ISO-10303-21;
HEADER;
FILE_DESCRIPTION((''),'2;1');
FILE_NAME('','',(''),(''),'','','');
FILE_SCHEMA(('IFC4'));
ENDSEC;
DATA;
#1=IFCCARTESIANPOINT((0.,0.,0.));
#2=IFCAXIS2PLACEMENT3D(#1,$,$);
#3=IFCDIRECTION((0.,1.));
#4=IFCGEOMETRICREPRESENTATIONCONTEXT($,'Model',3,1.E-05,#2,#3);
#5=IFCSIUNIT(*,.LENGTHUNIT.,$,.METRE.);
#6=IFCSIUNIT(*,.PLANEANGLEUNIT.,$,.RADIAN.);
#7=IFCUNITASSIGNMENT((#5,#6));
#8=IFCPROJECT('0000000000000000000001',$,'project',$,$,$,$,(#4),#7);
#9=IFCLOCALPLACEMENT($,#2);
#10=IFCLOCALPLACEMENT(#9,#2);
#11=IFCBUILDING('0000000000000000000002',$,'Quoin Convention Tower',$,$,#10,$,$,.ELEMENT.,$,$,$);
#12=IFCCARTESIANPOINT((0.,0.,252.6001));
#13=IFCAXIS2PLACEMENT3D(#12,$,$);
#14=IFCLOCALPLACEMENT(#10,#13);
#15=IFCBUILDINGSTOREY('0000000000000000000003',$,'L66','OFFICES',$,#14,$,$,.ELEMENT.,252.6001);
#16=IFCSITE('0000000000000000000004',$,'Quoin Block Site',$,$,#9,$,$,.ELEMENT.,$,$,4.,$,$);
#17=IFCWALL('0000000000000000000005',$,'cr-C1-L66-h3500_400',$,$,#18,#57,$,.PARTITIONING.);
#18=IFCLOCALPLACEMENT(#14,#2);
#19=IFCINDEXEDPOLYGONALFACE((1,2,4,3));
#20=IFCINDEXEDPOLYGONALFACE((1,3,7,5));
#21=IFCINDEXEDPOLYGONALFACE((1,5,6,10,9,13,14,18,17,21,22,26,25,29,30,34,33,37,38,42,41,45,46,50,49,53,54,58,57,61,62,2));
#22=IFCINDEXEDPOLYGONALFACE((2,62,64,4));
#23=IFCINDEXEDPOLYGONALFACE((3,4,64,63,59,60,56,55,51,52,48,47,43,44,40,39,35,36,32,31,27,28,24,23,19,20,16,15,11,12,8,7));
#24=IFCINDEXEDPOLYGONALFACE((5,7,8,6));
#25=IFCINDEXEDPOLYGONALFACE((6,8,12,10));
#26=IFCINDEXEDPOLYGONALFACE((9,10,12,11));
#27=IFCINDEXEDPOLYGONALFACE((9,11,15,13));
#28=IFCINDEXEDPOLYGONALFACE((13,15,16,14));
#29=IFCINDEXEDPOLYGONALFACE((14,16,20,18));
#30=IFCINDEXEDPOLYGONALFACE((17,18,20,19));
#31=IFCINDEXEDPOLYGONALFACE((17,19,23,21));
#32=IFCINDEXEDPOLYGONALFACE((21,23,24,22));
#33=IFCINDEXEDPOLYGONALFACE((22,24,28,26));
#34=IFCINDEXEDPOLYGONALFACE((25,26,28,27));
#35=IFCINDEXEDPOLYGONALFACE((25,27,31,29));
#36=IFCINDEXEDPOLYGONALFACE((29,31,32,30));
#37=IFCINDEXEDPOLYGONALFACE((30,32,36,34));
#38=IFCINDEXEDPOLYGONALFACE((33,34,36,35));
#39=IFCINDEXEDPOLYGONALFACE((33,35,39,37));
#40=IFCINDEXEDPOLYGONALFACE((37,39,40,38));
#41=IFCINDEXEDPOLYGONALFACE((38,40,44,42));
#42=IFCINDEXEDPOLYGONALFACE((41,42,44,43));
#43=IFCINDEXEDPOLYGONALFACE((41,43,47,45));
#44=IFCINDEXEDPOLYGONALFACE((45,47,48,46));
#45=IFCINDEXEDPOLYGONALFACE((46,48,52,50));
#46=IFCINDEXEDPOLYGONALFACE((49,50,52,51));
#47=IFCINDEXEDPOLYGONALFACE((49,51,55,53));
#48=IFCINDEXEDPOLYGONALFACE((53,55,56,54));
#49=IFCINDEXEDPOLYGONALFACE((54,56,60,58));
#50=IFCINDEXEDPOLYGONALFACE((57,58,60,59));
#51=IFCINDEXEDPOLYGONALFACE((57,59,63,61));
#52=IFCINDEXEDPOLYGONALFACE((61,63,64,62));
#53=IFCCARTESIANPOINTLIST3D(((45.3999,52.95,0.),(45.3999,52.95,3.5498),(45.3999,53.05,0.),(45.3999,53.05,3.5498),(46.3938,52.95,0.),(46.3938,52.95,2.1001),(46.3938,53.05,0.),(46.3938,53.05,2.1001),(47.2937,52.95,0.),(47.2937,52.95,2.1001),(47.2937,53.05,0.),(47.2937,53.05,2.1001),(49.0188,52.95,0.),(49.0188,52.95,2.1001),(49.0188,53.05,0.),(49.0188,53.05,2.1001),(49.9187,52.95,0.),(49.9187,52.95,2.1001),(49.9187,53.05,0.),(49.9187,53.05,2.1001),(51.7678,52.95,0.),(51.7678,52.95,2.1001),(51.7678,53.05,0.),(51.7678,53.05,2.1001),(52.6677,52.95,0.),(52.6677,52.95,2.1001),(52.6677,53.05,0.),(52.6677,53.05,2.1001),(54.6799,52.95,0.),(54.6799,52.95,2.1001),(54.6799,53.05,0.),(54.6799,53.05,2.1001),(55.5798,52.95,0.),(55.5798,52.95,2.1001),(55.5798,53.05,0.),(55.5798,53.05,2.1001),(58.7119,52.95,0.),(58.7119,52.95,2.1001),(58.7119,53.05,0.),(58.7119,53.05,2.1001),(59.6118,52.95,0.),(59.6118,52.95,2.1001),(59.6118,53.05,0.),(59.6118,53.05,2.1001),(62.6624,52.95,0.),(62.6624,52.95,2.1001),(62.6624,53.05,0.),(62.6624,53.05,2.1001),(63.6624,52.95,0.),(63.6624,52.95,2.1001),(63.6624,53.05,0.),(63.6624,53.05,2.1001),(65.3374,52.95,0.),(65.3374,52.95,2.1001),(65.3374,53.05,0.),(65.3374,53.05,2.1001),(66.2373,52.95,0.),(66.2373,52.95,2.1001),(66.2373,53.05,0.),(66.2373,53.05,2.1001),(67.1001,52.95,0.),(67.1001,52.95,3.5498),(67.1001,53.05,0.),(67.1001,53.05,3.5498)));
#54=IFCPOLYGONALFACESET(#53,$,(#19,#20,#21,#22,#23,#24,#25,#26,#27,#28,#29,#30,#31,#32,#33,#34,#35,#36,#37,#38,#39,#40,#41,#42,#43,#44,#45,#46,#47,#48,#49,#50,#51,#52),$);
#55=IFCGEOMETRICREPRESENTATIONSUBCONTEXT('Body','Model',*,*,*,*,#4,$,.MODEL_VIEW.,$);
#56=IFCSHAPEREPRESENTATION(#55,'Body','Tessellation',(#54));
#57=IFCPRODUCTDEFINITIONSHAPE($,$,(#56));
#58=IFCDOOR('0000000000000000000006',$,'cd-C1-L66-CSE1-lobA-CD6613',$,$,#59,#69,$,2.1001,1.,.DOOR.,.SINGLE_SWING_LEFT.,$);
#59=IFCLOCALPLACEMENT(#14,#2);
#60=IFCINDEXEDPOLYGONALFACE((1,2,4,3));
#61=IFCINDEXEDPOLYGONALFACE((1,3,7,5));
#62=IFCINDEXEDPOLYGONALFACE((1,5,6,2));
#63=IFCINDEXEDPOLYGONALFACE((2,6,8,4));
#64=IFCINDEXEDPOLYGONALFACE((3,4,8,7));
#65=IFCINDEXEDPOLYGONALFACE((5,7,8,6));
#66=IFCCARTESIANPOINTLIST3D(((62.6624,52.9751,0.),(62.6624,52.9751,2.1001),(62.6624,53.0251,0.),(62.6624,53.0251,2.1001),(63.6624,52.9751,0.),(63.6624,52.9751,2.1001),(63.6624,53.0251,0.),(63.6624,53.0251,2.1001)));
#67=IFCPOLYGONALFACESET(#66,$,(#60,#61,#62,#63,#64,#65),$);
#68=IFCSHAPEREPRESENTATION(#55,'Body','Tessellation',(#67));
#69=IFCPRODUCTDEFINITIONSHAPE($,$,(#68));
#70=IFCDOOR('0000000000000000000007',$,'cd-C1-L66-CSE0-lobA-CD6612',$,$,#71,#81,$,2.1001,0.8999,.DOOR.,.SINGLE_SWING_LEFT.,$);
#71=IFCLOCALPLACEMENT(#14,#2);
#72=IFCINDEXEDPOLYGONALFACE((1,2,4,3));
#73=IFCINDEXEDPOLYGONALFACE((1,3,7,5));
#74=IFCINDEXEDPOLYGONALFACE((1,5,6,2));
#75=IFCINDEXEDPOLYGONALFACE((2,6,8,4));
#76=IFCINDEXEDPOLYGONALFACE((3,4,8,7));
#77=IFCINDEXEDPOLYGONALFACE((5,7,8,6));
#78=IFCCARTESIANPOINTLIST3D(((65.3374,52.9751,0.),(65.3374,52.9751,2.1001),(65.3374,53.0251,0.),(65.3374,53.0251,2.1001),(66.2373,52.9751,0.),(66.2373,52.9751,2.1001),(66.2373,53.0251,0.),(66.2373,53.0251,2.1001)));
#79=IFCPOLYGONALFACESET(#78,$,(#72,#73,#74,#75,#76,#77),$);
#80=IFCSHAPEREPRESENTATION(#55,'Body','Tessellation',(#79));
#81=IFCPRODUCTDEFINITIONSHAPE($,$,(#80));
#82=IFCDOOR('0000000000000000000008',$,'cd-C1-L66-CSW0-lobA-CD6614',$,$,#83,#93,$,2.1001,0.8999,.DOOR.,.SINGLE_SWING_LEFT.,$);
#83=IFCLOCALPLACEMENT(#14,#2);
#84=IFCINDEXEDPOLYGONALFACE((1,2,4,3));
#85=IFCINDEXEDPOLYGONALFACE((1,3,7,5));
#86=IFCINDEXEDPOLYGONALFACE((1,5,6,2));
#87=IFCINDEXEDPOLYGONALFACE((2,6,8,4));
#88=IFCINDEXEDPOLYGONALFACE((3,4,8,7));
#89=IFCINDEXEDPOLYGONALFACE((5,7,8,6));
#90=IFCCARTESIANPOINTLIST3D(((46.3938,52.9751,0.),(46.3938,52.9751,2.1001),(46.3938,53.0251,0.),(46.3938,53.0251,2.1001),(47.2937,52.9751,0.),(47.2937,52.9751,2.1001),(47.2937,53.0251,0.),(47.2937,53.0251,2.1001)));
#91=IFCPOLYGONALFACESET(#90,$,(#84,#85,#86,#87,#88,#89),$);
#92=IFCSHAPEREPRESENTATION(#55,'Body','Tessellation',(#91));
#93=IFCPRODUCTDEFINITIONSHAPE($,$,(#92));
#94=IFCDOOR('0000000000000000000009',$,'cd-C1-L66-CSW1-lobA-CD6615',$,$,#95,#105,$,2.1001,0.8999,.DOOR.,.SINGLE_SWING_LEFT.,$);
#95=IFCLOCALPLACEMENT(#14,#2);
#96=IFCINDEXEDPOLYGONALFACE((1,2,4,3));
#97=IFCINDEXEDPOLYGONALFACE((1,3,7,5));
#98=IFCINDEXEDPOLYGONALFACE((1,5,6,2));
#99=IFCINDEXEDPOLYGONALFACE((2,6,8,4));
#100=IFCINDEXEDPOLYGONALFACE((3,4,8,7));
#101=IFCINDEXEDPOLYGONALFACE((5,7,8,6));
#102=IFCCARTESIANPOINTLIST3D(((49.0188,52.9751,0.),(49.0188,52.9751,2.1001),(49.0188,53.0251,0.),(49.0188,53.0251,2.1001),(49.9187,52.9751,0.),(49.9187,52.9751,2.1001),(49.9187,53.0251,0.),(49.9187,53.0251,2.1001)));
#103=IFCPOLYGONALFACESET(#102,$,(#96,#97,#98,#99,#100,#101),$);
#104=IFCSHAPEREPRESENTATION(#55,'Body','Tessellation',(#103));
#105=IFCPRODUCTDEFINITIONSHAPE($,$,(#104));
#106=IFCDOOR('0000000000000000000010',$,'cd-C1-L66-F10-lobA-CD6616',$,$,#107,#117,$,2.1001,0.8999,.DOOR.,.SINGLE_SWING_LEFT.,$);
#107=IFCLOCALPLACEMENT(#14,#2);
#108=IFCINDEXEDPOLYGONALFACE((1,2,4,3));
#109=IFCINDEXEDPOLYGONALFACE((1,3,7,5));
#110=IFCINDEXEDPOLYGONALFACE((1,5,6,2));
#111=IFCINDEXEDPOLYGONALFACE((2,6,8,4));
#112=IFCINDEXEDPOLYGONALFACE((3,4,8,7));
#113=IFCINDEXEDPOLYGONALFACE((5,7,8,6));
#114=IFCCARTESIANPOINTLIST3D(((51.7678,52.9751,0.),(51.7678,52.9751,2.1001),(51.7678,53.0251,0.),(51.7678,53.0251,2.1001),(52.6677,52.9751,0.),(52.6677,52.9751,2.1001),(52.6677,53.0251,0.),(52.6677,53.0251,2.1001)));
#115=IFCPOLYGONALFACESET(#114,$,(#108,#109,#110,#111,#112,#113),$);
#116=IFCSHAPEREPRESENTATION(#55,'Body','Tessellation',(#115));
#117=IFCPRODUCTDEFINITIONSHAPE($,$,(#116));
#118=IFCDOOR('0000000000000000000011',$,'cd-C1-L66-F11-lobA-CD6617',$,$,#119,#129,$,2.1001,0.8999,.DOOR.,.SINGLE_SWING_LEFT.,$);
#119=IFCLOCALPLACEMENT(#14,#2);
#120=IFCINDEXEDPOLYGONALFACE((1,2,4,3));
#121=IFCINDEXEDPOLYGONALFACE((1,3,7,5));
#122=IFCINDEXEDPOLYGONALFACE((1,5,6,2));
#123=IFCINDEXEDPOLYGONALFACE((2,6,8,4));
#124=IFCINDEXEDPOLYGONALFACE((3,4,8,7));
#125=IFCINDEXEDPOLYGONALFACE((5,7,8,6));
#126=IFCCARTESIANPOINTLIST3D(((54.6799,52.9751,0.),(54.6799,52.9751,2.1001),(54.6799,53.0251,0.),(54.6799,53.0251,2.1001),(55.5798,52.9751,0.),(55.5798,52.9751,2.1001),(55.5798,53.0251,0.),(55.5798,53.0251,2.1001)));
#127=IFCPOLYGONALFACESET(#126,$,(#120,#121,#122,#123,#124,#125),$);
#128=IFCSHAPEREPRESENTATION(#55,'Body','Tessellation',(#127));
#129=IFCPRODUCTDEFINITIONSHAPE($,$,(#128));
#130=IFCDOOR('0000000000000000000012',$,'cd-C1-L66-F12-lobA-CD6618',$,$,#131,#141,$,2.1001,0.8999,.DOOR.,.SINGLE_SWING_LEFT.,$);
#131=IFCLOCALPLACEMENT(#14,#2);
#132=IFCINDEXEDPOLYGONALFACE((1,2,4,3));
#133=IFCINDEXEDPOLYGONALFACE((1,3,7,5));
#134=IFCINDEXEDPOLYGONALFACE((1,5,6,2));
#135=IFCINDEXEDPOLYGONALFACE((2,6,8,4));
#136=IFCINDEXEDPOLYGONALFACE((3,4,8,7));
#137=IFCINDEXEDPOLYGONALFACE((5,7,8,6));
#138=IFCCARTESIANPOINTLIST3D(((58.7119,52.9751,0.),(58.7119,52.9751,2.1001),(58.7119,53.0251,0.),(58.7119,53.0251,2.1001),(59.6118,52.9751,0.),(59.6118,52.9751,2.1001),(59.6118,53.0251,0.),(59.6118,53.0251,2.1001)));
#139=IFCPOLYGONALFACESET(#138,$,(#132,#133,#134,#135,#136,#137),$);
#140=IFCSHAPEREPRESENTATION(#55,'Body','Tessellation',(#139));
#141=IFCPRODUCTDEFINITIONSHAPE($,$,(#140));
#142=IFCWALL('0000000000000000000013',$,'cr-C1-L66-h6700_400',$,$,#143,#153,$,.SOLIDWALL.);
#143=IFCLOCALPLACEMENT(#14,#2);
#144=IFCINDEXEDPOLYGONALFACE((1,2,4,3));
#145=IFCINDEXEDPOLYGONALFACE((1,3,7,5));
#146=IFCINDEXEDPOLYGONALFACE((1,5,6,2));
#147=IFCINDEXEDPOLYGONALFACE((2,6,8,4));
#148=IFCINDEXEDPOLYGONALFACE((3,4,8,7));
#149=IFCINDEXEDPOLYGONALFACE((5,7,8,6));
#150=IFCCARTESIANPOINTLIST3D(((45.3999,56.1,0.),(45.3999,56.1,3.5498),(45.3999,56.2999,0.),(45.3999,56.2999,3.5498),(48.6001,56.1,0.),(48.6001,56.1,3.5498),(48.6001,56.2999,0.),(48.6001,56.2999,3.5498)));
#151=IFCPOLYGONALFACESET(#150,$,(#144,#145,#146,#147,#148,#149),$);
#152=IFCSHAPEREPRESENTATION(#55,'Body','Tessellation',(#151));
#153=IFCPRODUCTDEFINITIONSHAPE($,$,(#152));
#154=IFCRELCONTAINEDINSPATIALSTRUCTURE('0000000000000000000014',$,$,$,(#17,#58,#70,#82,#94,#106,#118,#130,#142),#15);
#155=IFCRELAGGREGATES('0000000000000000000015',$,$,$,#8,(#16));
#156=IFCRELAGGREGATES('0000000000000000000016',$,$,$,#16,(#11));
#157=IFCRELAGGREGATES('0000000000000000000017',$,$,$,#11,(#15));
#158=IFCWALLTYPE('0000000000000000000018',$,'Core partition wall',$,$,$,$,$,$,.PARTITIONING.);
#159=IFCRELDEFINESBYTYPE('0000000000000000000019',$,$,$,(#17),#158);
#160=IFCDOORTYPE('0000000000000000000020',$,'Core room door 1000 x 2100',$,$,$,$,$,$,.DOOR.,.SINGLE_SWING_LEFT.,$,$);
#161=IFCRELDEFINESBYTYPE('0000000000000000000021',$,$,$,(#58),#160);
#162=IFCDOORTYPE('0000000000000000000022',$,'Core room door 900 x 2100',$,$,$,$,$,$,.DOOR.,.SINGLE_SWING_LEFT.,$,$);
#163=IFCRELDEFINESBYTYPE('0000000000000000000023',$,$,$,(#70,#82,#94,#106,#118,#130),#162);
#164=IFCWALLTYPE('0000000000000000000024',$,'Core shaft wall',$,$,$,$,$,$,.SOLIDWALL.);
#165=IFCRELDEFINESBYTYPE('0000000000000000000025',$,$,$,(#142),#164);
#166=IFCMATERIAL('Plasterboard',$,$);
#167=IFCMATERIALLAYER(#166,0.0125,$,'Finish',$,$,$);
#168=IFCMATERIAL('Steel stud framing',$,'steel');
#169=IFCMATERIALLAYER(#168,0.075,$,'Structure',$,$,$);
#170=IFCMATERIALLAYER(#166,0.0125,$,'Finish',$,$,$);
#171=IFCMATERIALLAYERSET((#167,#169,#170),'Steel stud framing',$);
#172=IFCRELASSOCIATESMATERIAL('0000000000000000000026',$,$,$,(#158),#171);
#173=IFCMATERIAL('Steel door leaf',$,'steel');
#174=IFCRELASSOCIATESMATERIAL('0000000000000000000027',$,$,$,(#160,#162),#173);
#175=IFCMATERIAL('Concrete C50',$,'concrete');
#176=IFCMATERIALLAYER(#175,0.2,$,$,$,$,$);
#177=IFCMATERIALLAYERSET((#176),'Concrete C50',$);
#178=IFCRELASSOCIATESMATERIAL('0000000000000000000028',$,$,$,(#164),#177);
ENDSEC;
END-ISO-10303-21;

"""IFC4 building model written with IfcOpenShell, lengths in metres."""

from ifc_helpers import new_model, si_unit, direction, frame, frame_2d, origin, place, context, subcontext, project, spatial, rectangle, extrude, material, layer, layer_set, type_object, element, fill, save


model = new_model("IFC4")

# Units and contexts
model_context = context("Model", 3, precision=1e-05, world=origin(), true_north=direction((0.0, 1.0)))
body_context = subcontext(model_context, "Body", "Model", "MODEL_VIEW")
ifc_project = project(units=[si_unit("LENGTHUNIT", "METRE"), si_unit("PLANEANGLEUNIT", "RADIAN")], contexts=[model_context])

# Site, building, storey
site_placement = place(None, origin())
site = spatial("IfcSite", under=ifc_project, at=site_placement, Name="Quoin Block Site", CompositionType="ELEMENT", RefElevation=4.0)
building_placement = place(site_placement, origin())
building = spatial("IfcBuilding", under=site, at=building_placement, Name="Quoin Convention Tower", CompositionType="ELEMENT")
storey_placement = place(building_placement, frame((0.0, 0.0, 252.6001)))
storey = spatial("IfcBuildingStorey", under=building, at=storey_placement, Name="L66", Description="OFFICES", CompositionType="ELEMENT", Elevation=252.6001)

# Wall, openings, doors
ifc_material_1 = material(Name="Plasterboard")
ifc_layer_1 = layer(ifc_material_1, 0.0125, Name="Finish")
ifc_material_2 = material(Name="Steel stud framing", Category="steel")
ifc_layer_2 = layer(ifc_material_2, 0.075, Name="Structure")
ifc_layer_3 = layer(ifc_material_1, 0.0125, Name="Finish")
ifc_layer_set_1 = layer_set([ifc_layer_1, ifc_layer_2, ifc_layer_3], Name="Steel stud framing")
wall_type_1 = type_object("IfcWallType", Name="Core partition wall", PredefinedType="PARTITIONING", material=ifc_layer_set_1)
wall_1_placement = place(storey_placement, frame((45.3999, 53.0, 0.0), z_axis=(0.0, 0.0, 1.0), x_axis=(1.0, 0.0, 0.0)))
wall_1 = element("IfcWall", 1, at=wall_1_placement, inside=storey, type_object=wall_type_1, Name="cr-C1-L66-h3500_400", PredefinedType="PARTITIONING", context=body_context, shape_type="SweptSolid", body=[
    extrude(rectangle(XDim=21.7002, YDim=0.1001, at=frame_2d((10.8501, 0.0))), origin(), (0.0, 0.0, 1.0), 3.5498),
])
opening_1_placement = place(wall_1_placement, frame((19.9375, 0.0, 0.0)))
opening_1 = element("IfcOpeningElement", 2, at=opening_1_placement, cuts=wall_1, PredefinedType="OPENING", context=body_context, shape_type="SweptSolid", body=[
    extrude(rectangle(XDim=0.8999, YDim=2.1001, at=frame_2d((0.45, 1.05))), frame((0.0, 0.0601, 0.0), z_axis=(0.0, -1.0, 0.0), x_axis=(1.0, 0.0, 0.0)), (0.0, 0.0, 1.0), 0.1201),
])
opening_2_placement = place(wall_1_placement, frame((17.2625, 0.0, 0.0)))
opening_2 = element("IfcOpeningElement", 3, at=opening_2_placement, cuts=wall_1, PredefinedType="OPENING", context=body_context, shape_type="SweptSolid", body=[
    extrude(rectangle(XDim=1.0, YDim=2.1001, at=frame_2d((0.5, 1.05))), frame((0.0, 0.0601, 0.0), z_axis=(0.0, -1.0, 0.0), x_axis=(1.0, 0.0, 0.0)), (0.0, 0.0, 1.0), 0.1201),
])
opening_3_placement = place(wall_1_placement, frame((0.9939, 0.0, 0.0)))
opening_3 = element("IfcOpeningElement", 4, at=opening_3_placement, cuts=wall_1, PredefinedType="OPENING", context=body_context, shape_type="SweptSolid", body=[
    extrude(rectangle(XDim=0.8999, YDim=2.1001, at=frame_2d((0.45, 1.05))), frame((0.0, 0.0601, 0.0), z_axis=(0.0, -1.0, 0.0), x_axis=(1.0, 0.0, 0.0)), (0.0, 0.0, 1.0), 0.1201),
])
opening_4_placement = place(wall_1_placement, frame((3.6189, 0.0, 0.0)))
opening_4 = element("IfcOpeningElement", 5, at=opening_4_placement, cuts=wall_1, PredefinedType="OPENING", context=body_context, shape_type="SweptSolid", body=[
    extrude(rectangle(XDim=0.8999, YDim=2.1001, at=frame_2d((0.45, 1.05))), frame((0.0, 0.0601, 0.0), z_axis=(0.0, -1.0, 0.0), x_axis=(1.0, 0.0, 0.0)), (0.0, 0.0, 1.0), 0.1201),
])
opening_5_placement = place(wall_1_placement, frame((6.3679, 0.0, 0.0)))
opening_5 = element("IfcOpeningElement", 6, at=opening_5_placement, cuts=wall_1, PredefinedType="OPENING", context=body_context, shape_type="SweptSolid", body=[
    extrude(rectangle(XDim=0.8999, YDim=2.1001, at=frame_2d((0.45, 1.05))), frame((0.0, 0.0601, 0.0), z_axis=(0.0, -1.0, 0.0), x_axis=(1.0, 0.0, 0.0)), (0.0, 0.0, 1.0), 0.1201),
])
opening_6_placement = place(wall_1_placement, frame((9.28, 0.0, 0.0)))
opening_6 = element("IfcOpeningElement", 7, at=opening_6_placement, cuts=wall_1, PredefinedType="OPENING", context=body_context, shape_type="SweptSolid", body=[
    extrude(rectangle(XDim=0.8999, YDim=2.1001, at=frame_2d((0.45, 1.05))), frame((0.0, 0.0601, 0.0), z_axis=(0.0, -1.0, 0.0), x_axis=(1.0, 0.0, 0.0)), (0.0, 0.0, 1.0), 0.1201),
])
opening_7_placement = place(wall_1_placement, frame((13.312, 0.0, 0.0)))
opening_7 = element("IfcOpeningElement", 8, at=opening_7_placement, cuts=wall_1, PredefinedType="OPENING", context=body_context, shape_type="SweptSolid", body=[
    extrude(rectangle(XDim=0.8999, YDim=2.1001, at=frame_2d((0.45, 1.05))), frame((0.0, 0.0601, 0.0), z_axis=(0.0, -1.0, 0.0), x_axis=(1.0, 0.0, 0.0)), (0.0, 0.0, 1.0), 0.1201),
])
ifc_material_3 = material(Name="Steel door leaf", Category="steel")
door_type_1 = type_object("IfcDoorType", Name="Core room door 1000 x 2100", OperationType="SINGLE_SWING_LEFT", PredefinedType="DOOR", material=ifc_material_3)
door_1_placement = place(opening_2_placement, frame((1.0, 0.0, 0.0), z_axis=(0.0, 0.0, 1.0), x_axis=(-1.0, 0.0, 0.0)))
door_1 = element("IfcDoor", 9, at=door_1_placement, inside=storey, type_object=door_type_1, Name="cd-C1-L66-CSE1-lobA-CD6613", OperationType="SINGLE_SWING_LEFT", OverallHeight=2.1001, OverallWidth=1.0, PredefinedType="DOOR", context=body_context, shape_type="SweptSolid", body=[
    extrude(rectangle(XDim=1.0, YDim=2.1001, at=frame_2d((0.5, 1.05))), frame((0.0, 0.0249, 0.0), z_axis=(0.0, -1.0, 0.0), x_axis=(1.0, 0.0, 0.0)), (0.0, 0.0, 1.0), 0.05),
])
fill(opening_2, door_1)
door_type_2 = type_object("IfcDoorType", Name="Core room door 900 x 2100", OperationType="SINGLE_SWING_LEFT", PredefinedType="DOOR", material=ifc_material_3)
door_2_placement = place(opening_1_placement, frame((0.8999, 0.0, 0.0), z_axis=(0.0, 0.0, 1.0), x_axis=(-1.0, 0.0, 0.0)))
door_2 = element("IfcDoor", 10, at=door_2_placement, inside=storey, type_object=door_type_2, Name="cd-C1-L66-CSE0-lobA-CD6612", OperationType="SINGLE_SWING_LEFT", OverallHeight=2.1001, OverallWidth=0.8999, PredefinedType="DOOR", context=body_context, shape_type="SweptSolid", body=[
    extrude(rectangle(XDim=0.8999, YDim=2.1001, at=frame_2d((0.45, 1.05))), frame((0.0, 0.0249, 0.0), z_axis=(0.0, -1.0, 0.0), x_axis=(1.0, 0.0, 0.0)), (0.0, 0.0, 1.0), 0.05),
])
fill(opening_1, door_2)
door_3_placement = place(opening_3_placement, frame((0.8999, 0.0, 0.0), z_axis=(0.0, 0.0, 1.0), x_axis=(-1.0, 0.0, 0.0)))
door_3 = element("IfcDoor", 11, at=door_3_placement, inside=storey, type_object=door_type_2, Name="cd-C1-L66-CSW0-lobA-CD6614", OperationType="SINGLE_SWING_LEFT", OverallHeight=2.1001, OverallWidth=0.8999, PredefinedType="DOOR", context=body_context, shape_type="SweptSolid", body=[
    extrude(rectangle(XDim=0.8999, YDim=2.1001, at=frame_2d((0.45, 1.05))), frame((0.0, 0.0249, 0.0), z_axis=(0.0, -1.0, 0.0), x_axis=(1.0, 0.0, 0.0)), (0.0, 0.0, 1.0), 0.05),
])
fill(opening_3, door_3)
door_4_placement = place(opening_4_placement, frame((0.8999, 0.0, 0.0), z_axis=(0.0, 0.0, 1.0), x_axis=(-1.0, 0.0, 0.0)))
door_4 = element("IfcDoor", 12, at=door_4_placement, inside=storey, type_object=door_type_2, Name="cd-C1-L66-CSW1-lobA-CD6615", OperationType="SINGLE_SWING_LEFT", OverallHeight=2.1001, OverallWidth=0.8999, PredefinedType="DOOR", context=body_context, shape_type="SweptSolid", body=[
    extrude(rectangle(XDim=0.8999, YDim=2.1001, at=frame_2d((0.45, 1.05))), frame((0.0, 0.0249, 0.0), z_axis=(0.0, -1.0, 0.0), x_axis=(1.0, 0.0, 0.0)), (0.0, 0.0, 1.0), 0.05),
])
fill(opening_4, door_4)
door_5_placement = place(opening_5_placement, frame((0.8999, 0.0, 0.0), z_axis=(0.0, 0.0, 1.0), x_axis=(-1.0, 0.0, 0.0)))
door_5 = element("IfcDoor", 13, at=door_5_placement, inside=storey, type_object=door_type_2, Name="cd-C1-L66-F10-lobA-CD6616", OperationType="SINGLE_SWING_LEFT", OverallHeight=2.1001, OverallWidth=0.8999, PredefinedType="DOOR", context=body_context, shape_type="SweptSolid", body=[
    extrude(rectangle(XDim=0.8999, YDim=2.1001, at=frame_2d((0.45, 1.05))), frame((0.0, 0.0249, 0.0), z_axis=(0.0, -1.0, 0.0), x_axis=(1.0, 0.0, 0.0)), (0.0, 0.0, 1.0), 0.05),
])
fill(opening_5, door_5)
door_6_placement = place(opening_6_placement, frame((0.8999, 0.0, 0.0), z_axis=(0.0, 0.0, 1.0), x_axis=(-1.0, 0.0, 0.0)))
door_6 = element("IfcDoor", 14, at=door_6_placement, inside=storey, type_object=door_type_2, Name="cd-C1-L66-F11-lobA-CD6617", OperationType="SINGLE_SWING_LEFT", OverallHeight=2.1001, OverallWidth=0.8999, PredefinedType="DOOR", context=body_context, shape_type="SweptSolid", body=[
    extrude(rectangle(XDim=0.8999, YDim=2.1001, at=frame_2d((0.45, 1.05))), frame((0.0, 0.0249, 0.0), z_axis=(0.0, -1.0, 0.0), x_axis=(1.0, 0.0, 0.0)), (0.0, 0.0, 1.0), 0.05),
])
fill(opening_6, door_6)
door_7_placement = place(opening_7_placement, frame((0.8999, 0.0, 0.0), z_axis=(0.0, 0.0, 1.0), x_axis=(-1.0, 0.0, 0.0)))
door_7 = element("IfcDoor", 15, at=door_7_placement, inside=storey, type_object=door_type_2, Name="cd-C1-L66-F12-lobA-CD6618", OperationType="SINGLE_SWING_LEFT", OverallHeight=2.1001, OverallWidth=0.8999, PredefinedType="DOOR", context=body_context, shape_type="SweptSolid", body=[
    extrude(rectangle(XDim=0.8999, YDim=2.1001, at=frame_2d((0.45, 1.05))), frame((0.0, 0.0249, 0.0), z_axis=(0.0, -1.0, 0.0), x_axis=(1.0, 0.0, 0.0)), (0.0, 0.0, 1.0), 0.05),
])
fill(opening_7, door_7)

# Wall
ifc_material_4 = material(Name="Concrete C50", Category="concrete")
ifc_layer_4 = layer(ifc_material_4, 0.2)
ifc_layer_set_2 = layer_set([ifc_layer_4], Name="Concrete C50")
wall_type_2 = type_object("IfcWallType", Name="Core shaft wall", PredefinedType="SOLIDWALL", material=ifc_layer_set_2)
wall_2_placement = place(storey_placement, frame((45.3999, 56.2, 0.0), z_axis=(0.0, 0.0, 1.0), x_axis=(1.0, 0.0, 0.0)))
element("IfcWall", 16, at=wall_2_placement, inside=storey, type_object=wall_type_2, Name="cr-C1-L66-h6700_400", PredefinedType="SOLIDWALL", context=body_context, shape_type="SweptSolid", body=[
    extrude(rectangle(XDim=3.2002, YDim=0.2, at=frame_2d((1.6001, 0.0))), origin(), (0.0, 0.0, 1.0), 3.5498),
])

save(model, "model.ifc")
